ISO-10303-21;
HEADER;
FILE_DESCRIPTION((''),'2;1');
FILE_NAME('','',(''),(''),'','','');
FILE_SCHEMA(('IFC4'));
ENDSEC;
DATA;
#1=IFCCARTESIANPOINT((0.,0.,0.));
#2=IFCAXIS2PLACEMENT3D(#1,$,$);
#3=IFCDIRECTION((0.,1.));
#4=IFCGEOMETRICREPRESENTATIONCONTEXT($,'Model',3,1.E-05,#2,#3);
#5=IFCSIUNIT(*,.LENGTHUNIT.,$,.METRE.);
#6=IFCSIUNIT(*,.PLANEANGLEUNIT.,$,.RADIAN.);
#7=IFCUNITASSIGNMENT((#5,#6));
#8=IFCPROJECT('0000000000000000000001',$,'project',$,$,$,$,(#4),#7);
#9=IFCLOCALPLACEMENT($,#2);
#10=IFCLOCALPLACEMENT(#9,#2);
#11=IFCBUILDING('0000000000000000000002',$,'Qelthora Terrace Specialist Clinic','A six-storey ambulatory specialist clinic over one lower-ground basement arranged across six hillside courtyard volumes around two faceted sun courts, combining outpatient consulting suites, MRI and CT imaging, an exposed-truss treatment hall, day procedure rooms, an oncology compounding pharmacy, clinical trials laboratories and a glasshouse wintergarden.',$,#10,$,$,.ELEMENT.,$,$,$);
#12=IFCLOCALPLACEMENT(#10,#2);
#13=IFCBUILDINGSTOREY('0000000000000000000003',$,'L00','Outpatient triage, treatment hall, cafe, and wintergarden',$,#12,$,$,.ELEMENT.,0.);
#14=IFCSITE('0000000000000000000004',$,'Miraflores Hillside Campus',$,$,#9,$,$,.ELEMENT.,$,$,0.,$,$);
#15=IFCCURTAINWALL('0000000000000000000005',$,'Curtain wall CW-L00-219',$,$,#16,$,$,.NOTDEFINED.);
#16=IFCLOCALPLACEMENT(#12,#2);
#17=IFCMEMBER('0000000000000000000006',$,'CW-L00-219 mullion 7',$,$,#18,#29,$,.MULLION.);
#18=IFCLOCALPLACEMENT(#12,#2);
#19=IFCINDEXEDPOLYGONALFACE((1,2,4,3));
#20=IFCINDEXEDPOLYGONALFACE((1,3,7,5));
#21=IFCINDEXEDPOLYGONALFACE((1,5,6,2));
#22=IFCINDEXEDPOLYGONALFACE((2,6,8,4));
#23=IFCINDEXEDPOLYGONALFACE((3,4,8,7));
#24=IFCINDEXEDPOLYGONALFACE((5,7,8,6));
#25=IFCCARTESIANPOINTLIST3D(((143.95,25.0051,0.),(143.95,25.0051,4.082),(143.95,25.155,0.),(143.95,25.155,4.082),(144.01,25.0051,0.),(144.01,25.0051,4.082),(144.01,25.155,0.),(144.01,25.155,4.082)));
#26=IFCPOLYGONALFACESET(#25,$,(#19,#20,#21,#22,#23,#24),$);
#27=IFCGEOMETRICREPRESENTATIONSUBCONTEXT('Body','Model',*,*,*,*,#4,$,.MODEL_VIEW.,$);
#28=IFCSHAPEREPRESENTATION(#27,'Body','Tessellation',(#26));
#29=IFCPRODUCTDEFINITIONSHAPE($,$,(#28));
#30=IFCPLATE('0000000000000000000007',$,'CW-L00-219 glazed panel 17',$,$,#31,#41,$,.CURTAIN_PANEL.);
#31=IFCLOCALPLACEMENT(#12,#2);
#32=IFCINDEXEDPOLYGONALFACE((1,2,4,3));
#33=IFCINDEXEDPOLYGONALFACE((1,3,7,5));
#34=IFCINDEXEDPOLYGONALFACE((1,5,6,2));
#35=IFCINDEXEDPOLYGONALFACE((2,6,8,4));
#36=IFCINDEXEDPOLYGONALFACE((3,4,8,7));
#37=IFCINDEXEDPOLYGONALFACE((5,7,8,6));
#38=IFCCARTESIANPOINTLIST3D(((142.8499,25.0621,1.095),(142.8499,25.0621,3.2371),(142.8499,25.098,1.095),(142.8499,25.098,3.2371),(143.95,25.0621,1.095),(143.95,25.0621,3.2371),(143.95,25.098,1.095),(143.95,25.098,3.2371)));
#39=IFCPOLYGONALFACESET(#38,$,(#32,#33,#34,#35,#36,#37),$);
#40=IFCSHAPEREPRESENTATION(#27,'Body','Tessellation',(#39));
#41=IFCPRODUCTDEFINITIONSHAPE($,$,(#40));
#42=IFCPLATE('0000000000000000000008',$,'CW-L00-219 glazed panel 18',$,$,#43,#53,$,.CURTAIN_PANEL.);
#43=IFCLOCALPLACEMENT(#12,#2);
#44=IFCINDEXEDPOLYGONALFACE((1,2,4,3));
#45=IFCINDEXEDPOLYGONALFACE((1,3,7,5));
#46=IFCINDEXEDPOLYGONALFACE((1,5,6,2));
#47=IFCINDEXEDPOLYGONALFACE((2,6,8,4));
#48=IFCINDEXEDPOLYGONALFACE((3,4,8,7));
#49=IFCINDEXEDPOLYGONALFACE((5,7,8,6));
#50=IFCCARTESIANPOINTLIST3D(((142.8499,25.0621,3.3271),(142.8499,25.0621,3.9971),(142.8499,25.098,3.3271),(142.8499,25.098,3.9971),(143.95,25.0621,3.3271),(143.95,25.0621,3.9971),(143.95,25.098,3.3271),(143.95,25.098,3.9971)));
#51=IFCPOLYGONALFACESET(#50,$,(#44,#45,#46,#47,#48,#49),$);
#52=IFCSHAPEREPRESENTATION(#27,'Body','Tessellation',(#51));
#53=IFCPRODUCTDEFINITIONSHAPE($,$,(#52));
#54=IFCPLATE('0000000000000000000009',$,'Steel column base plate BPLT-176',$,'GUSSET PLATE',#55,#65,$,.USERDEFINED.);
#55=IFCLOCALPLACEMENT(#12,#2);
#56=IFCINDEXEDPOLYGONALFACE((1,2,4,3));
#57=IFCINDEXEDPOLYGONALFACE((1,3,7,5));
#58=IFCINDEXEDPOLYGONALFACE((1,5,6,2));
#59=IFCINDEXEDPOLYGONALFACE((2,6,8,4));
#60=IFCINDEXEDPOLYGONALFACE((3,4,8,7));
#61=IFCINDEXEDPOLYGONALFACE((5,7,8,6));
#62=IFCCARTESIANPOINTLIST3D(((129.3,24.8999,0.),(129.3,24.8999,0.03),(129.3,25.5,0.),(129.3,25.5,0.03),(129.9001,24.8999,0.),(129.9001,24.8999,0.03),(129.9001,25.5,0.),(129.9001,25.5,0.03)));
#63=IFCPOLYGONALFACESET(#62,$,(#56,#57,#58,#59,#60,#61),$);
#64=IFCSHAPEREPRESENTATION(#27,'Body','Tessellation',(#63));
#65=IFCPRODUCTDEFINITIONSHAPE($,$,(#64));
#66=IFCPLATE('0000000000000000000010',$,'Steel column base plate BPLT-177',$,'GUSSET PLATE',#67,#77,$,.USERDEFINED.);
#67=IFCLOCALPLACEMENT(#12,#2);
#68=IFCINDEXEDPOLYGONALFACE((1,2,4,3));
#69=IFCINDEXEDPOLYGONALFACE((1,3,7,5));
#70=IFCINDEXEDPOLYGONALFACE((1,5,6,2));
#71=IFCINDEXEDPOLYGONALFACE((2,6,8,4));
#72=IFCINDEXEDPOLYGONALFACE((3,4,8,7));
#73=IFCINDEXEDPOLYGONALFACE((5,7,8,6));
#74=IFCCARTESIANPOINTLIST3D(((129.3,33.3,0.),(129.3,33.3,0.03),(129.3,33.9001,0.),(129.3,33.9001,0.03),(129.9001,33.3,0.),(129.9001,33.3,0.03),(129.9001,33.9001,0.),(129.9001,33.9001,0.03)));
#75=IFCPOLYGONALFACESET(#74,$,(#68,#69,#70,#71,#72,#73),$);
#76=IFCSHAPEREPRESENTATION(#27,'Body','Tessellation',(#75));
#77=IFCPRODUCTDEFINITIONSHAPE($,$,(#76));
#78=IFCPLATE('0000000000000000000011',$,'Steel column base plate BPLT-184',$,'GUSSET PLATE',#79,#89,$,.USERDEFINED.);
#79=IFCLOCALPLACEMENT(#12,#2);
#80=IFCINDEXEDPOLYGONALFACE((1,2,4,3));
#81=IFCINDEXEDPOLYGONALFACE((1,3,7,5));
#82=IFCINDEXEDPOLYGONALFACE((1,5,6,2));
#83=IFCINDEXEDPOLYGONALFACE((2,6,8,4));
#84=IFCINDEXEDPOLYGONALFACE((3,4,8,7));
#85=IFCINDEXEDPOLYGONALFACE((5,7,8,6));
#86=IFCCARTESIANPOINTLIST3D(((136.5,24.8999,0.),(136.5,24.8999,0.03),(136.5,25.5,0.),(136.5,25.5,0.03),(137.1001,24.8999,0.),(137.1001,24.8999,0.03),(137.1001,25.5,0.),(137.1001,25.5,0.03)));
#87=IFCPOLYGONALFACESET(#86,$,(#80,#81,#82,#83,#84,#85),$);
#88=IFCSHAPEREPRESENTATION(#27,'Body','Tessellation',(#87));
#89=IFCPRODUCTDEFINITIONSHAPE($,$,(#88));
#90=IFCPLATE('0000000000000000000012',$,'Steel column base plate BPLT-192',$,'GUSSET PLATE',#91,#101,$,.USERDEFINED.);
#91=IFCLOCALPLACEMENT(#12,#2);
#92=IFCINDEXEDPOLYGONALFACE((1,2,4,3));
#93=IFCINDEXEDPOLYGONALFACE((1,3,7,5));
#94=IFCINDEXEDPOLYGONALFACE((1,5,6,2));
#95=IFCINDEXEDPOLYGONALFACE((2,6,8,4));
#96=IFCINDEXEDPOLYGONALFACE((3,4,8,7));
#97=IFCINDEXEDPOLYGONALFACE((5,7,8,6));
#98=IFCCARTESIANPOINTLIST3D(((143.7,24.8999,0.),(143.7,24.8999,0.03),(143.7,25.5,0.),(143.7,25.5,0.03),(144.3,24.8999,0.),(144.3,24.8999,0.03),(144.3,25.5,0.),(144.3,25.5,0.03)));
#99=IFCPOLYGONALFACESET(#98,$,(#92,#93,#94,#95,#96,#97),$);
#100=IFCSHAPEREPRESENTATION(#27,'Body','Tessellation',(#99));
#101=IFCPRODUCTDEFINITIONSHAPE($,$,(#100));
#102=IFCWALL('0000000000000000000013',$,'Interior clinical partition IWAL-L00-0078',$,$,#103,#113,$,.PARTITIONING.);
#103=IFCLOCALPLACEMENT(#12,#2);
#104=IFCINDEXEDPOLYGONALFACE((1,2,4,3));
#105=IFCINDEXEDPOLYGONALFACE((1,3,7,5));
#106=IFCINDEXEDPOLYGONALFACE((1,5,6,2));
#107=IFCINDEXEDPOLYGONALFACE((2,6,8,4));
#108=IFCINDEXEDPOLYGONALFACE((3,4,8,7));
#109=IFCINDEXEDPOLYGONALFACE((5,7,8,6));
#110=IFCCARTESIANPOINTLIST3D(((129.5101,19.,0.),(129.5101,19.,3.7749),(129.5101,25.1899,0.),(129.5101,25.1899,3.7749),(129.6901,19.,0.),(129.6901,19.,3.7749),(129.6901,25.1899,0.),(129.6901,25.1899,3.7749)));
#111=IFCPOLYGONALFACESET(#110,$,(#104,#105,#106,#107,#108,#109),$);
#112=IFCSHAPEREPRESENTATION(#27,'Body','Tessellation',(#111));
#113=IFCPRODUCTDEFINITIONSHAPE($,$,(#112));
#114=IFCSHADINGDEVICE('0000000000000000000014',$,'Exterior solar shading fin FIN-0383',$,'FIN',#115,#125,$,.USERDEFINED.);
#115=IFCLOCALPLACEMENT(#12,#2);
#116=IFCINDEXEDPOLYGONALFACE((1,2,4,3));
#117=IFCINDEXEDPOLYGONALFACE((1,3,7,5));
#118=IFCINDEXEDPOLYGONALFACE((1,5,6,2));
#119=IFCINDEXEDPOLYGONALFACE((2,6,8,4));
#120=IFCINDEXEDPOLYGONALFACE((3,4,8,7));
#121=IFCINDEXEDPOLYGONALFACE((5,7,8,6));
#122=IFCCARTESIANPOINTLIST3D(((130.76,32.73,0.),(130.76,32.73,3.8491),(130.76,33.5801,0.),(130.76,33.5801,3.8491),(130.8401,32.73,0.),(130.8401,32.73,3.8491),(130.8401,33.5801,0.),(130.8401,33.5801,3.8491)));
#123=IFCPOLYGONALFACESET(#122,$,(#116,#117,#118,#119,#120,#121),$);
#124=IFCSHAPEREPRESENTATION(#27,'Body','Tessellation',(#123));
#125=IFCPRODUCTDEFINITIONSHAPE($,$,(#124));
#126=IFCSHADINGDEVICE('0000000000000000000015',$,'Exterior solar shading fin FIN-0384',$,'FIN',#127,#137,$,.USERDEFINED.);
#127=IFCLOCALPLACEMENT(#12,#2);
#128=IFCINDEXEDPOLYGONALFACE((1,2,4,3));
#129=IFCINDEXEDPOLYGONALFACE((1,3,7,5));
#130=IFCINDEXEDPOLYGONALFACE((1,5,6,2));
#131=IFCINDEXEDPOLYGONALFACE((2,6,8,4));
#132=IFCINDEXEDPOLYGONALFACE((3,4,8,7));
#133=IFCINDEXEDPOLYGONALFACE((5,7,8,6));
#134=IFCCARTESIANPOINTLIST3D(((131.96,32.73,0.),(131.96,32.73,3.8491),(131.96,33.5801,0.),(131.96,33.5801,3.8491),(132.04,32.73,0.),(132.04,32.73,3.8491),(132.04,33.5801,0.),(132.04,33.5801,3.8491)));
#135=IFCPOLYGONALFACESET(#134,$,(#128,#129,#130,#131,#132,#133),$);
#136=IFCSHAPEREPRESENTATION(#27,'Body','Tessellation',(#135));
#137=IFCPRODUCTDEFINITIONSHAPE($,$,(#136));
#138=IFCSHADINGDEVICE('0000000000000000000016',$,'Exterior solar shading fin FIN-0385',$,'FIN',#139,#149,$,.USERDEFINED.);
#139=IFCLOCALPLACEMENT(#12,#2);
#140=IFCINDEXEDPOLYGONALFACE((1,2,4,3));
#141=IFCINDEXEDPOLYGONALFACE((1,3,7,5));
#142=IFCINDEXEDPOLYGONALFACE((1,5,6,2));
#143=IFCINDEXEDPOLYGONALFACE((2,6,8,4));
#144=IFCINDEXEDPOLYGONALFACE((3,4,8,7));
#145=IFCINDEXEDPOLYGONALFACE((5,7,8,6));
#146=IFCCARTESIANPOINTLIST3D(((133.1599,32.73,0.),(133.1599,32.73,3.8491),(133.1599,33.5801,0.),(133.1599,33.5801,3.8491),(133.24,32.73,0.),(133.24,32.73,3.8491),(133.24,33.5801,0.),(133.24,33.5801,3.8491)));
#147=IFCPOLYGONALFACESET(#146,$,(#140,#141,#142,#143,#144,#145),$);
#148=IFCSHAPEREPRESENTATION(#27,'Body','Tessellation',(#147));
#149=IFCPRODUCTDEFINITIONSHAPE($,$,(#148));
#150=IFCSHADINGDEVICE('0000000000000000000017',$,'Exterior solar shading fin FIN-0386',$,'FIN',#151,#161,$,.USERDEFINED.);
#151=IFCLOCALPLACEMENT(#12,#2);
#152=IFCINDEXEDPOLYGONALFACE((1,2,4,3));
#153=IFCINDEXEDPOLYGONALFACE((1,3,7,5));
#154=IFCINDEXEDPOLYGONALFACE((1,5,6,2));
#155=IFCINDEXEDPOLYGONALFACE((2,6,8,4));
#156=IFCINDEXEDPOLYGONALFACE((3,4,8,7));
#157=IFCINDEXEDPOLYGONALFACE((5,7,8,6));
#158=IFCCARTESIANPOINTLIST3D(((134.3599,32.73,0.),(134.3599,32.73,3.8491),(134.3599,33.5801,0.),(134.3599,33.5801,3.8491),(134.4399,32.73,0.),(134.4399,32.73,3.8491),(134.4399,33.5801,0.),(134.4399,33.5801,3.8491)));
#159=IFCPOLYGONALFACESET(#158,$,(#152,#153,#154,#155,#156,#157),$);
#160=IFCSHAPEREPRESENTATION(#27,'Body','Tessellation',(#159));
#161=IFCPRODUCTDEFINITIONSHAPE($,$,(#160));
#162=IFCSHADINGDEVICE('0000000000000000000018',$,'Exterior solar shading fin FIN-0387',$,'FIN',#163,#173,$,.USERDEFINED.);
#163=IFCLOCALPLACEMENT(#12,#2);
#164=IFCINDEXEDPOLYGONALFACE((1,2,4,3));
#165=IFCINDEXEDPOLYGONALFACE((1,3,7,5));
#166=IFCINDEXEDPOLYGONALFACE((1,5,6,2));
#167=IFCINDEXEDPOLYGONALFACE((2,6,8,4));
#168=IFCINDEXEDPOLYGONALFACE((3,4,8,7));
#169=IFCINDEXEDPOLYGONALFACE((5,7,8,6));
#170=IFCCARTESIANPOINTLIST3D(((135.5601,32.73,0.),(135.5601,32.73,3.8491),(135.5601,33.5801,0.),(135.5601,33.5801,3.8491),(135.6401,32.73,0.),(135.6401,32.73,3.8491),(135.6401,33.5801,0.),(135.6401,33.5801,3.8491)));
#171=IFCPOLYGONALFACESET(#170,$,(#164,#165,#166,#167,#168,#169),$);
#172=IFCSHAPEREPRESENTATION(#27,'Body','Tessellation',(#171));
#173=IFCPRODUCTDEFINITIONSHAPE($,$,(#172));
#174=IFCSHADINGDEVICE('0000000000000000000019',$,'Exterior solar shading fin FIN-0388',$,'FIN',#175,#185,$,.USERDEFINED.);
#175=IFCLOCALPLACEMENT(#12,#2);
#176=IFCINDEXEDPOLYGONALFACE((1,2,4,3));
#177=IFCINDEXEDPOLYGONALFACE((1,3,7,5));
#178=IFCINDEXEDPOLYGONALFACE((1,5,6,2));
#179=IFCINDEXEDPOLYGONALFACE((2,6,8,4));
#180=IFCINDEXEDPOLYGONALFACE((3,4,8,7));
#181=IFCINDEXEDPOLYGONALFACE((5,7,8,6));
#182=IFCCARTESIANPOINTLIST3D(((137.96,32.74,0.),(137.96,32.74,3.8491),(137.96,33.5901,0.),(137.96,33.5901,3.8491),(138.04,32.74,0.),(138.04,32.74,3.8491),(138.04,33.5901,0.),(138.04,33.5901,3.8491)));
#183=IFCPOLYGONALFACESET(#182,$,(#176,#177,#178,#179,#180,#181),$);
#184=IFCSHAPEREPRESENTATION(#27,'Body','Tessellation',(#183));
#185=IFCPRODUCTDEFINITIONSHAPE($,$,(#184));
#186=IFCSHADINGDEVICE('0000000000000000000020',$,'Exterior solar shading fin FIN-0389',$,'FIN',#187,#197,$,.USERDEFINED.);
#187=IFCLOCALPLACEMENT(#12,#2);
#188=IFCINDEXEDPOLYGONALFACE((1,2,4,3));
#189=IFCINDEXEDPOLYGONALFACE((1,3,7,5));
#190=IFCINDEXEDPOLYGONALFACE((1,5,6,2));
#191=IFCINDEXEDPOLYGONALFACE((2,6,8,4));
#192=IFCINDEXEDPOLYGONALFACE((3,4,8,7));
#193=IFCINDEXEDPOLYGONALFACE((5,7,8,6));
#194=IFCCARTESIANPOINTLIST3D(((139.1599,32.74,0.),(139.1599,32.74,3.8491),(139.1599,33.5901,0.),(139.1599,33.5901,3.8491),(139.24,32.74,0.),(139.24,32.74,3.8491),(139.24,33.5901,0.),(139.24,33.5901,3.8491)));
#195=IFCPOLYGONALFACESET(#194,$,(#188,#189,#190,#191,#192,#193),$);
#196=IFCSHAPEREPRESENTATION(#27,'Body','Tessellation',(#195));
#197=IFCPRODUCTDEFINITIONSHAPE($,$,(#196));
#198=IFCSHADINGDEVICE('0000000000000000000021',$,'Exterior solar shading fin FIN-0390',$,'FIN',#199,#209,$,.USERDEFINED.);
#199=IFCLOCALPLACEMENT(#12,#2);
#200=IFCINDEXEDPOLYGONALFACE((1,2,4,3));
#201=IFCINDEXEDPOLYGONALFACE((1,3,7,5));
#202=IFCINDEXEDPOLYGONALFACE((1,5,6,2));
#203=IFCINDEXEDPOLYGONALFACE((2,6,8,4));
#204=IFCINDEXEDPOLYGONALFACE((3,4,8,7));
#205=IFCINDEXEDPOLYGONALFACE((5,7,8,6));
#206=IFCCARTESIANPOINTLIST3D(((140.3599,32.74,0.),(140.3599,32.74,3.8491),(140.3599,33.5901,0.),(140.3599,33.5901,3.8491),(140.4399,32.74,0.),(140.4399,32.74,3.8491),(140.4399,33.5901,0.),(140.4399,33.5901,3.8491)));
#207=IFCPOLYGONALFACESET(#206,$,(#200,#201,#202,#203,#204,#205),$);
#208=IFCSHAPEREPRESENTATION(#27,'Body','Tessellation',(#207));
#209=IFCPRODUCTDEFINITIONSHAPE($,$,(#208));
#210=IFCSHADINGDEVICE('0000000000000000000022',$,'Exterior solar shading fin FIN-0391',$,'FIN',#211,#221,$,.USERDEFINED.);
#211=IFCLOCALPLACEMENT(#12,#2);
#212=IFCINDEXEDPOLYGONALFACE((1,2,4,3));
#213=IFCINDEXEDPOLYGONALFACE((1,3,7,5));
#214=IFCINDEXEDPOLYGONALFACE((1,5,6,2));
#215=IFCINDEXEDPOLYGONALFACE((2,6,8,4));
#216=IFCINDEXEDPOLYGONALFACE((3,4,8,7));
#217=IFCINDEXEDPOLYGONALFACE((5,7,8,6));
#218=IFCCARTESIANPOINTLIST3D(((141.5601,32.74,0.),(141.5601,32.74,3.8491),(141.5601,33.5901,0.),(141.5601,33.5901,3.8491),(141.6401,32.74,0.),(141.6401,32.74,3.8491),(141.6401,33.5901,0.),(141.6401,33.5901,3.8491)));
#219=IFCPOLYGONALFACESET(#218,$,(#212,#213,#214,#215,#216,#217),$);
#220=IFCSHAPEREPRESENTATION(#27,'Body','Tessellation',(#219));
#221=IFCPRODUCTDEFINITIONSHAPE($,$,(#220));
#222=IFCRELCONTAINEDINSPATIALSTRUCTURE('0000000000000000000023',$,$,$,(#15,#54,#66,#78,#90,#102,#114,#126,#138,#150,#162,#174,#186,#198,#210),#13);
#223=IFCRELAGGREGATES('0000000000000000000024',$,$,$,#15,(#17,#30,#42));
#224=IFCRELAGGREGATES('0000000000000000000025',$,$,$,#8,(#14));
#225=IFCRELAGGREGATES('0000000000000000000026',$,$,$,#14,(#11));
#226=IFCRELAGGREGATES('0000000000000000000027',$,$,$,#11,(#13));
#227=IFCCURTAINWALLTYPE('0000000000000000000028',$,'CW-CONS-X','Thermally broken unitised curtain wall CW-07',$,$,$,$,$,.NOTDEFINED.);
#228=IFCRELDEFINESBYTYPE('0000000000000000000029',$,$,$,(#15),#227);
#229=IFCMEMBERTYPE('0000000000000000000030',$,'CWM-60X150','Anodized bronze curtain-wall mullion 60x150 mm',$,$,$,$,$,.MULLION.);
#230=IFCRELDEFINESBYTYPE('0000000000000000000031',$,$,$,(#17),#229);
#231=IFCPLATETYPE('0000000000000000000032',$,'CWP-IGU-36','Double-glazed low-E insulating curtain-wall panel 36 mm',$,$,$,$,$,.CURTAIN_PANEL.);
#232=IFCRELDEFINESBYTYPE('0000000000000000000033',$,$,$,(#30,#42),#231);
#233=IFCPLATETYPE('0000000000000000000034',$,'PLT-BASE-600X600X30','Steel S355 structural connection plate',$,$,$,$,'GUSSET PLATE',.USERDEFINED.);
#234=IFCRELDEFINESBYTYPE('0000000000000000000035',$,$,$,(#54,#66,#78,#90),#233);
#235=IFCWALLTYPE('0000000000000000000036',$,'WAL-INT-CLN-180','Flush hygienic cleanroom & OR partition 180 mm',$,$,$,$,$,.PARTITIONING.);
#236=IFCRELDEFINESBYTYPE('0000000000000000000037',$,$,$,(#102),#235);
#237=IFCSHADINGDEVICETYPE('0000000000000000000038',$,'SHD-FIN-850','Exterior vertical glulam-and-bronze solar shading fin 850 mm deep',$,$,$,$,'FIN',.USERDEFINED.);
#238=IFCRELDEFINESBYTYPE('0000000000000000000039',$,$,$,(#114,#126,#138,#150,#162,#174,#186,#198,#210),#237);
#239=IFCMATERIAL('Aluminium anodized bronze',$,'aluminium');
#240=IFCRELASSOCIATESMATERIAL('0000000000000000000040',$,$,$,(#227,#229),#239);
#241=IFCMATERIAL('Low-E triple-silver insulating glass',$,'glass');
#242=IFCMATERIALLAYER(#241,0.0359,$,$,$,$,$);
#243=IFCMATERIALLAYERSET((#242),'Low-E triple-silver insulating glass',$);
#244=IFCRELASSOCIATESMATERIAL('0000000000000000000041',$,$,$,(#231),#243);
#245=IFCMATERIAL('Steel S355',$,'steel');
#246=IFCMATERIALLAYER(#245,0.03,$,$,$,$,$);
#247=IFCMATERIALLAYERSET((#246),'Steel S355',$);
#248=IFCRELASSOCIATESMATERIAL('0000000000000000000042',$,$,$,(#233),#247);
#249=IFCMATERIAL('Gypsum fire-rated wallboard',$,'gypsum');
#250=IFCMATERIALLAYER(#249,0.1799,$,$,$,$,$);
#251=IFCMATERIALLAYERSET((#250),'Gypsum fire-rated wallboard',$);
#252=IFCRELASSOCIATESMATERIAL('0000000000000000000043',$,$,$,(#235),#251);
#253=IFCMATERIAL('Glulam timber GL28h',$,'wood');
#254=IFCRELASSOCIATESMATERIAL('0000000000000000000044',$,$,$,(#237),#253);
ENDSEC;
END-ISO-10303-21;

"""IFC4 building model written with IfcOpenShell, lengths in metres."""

from ifc_helpers import new_model, si_unit, direction, frame, frame_2d, origin, origin_2d, place, context, subcontext, project, spatial, rectangle, extrude, material, layer, layer_set, material_profile, profile_set, type_object, element, aggregate, save


model = new_model("IFC4")

# Units and contexts
model_context = context("Model", 3, precision=1e-05, world=origin(), true_north=direction((0.0, 1.0)))
body_context = subcontext(model_context, "Body", "Model", "MODEL_VIEW")
ifc_project = project(units=[si_unit("LENGTHUNIT", "METRE"), si_unit("PLANEANGLEUNIT", "RADIAN")], contexts=[model_context])

# Site, building, storey
site_placement = place(None, origin())
site = spatial("IfcSite", under=ifc_project, at=site_placement, Name="Miraflores Hillside Campus", CompositionType="ELEMENT", RefElevation=0.0)
building_placement = place(site_placement, origin())
building = spatial("IfcBuilding", under=site, at=building_placement, Name="Qelthora Terrace Specialist Clinic", Description="A six-storey ambulatory specialist clinic over one lower-ground basement arranged across six hillside courtyard volumes around two faceted sun courts, combining outpatient consulting suites, MRI and CT imaging, an exposed-truss treatment hall, day procedure rooms, an oncology compounding pharmacy, clinical trials laboratories and a glasshouse wintergarden.", CompositionType="ELEMENT")
storey_placement = place(building_placement, origin())
storey = spatial("IfcBuildingStorey", under=building, at=storey_placement, Name="L00", Description="Outpatient triage, treatment hall, cafe, and wintergarden", CompositionType="ELEMENT", Elevation=0.0)

# Shared definitions
ifc_material_1 = material(Name="Steel S355", Category="steel")

# Curtain wall, member, plates
ifc_material_2 = material(Name="Aluminium anodized bronze", Category="aluminium")
curtain_wall_type = type_object("IfcCurtainWallType", Name="CW-CONS-X", Description="Thermally broken unitised curtain wall CW-07", PredefinedType="NOTDEFINED", material=ifc_material_2)
curtain_wall_placement = place(storey_placement, origin())
curtain_wall = element("IfcCurtainWall", 1, at=curtain_wall_placement, inside=storey, type_object=curtain_wall_type, Name="Curtain wall CW-L00-219", PredefinedType="NOTDEFINED")
ifc_material_profile_1 = material_profile(ifc_material_2, rectangle(XDim=0.0601, YDim=0.1499, at=origin_2d()), Name="CWM60X150")
ifc_profile_set_1 = profile_set([ifc_material_profile_1], Name="Aluminium anodized bronze")
member_type = type_object("IfcMemberType", Name="CWM-60X150", Description="Anodized bronze curtain-wall mullion 60x150 mm", PredefinedType="MULLION", material=ifc_profile_set_1)
member_placement = place(storey_placement, frame((143.98, 25.0801, 0.0), z_axis=(0.0, 0.0, 1.0), x_axis=(1.0, 0.0, 0.0)))
member = element("IfcMember", 2, at=member_placement, type_object=member_type, Name="CW-L00-219 mullion 7", PredefinedType="MULLION", context=body_context, shape_type="SweptSolid", body=[
    extrude(rectangle(XDim=0.0601, YDim=0.1499, at=origin_2d()), origin(), (0.0, 0.0, 1.0), 4.082),
])
ifc_material_3 = material(Name="Low-E triple-silver insulating glass", Category="glass")
ifc_layer_1 = layer(ifc_material_3, 0.0359)
ifc_layer_set_1 = layer_set([ifc_layer_1], Name="Low-E triple-silver insulating glass")
plate_type_1 = type_object("IfcPlateType", Name="CWP-IGU-36", Description="Double-glazed low-E insulating curtain-wall panel 36 mm", PredefinedType="CURTAIN_PANEL", material=ifc_layer_set_1)
plate_1_placement = place(storey_placement, frame((143.3999, 25.0801, 1.095), z_axis=(0.0, 0.0, 1.0), x_axis=(1.0, 0.0, 0.0)))
plate_1 = element("IfcPlate", 3, at=plate_1_placement, type_object=plate_type_1, Name="CW-L00-219 glazed panel 17", PredefinedType="CURTAIN_PANEL", context=body_context, shape_type="SweptSolid", body=[
    extrude(rectangle(XDim=1.1001, YDim=0.0359, at=origin_2d()), origin(), (0.0, 0.0, 1.0), 2.1421),
])
plate_2_placement = place(storey_placement, frame((143.3999, 25.0801, 3.3271), z_axis=(0.0, 0.0, 1.0), x_axis=(1.0, 0.0, 0.0)))
plate_2 = element("IfcPlate", 4, at=plate_2_placement, type_object=plate_type_1, Name="CW-L00-219 glazed panel 18", PredefinedType="CURTAIN_PANEL", context=body_context, shape_type="SweptSolid", body=[
    extrude(rectangle(XDim=1.1001, YDim=0.0359, at=origin_2d()), origin(), (0.0, 0.0, 1.0), 0.6699),
])
aggregate(curtain_wall, [member, plate_1, plate_2])

# Plates
ifc_layer_2 = layer(ifc_material_1, 0.03)
ifc_layer_set_2 = layer_set([ifc_layer_2], Name="Steel S355")
plate_type_2 = type_object("IfcPlateType", Name="PLT-BASE-600X600X30", Description="Steel S355 structural connection plate", ElementType="GUSSET PLATE", PredefinedType="USERDEFINED", material=ifc_layer_set_2)
for number, where, z_axis, x_axis, name in (
    (5, (129.6001, 25.2, 0.0), (0.0, 0.0, 1.0), (1.0, 0.0, 0.0), "Steel column base plate BPLT-176"),
    (6, (129.6001, 33.6001, 0.0), (0.0, 0.0, 1.0), (1.0, 0.0, 0.0), "Steel column base plate BPLT-177"),
    (7, (136.8, 25.2, 0.0), (0.0, 0.0, 1.0), (1.0, 0.0, 0.0), "Steel column base plate BPLT-184"),
    (8, (144.0, 25.2, 0.0), (0.0, 0.0, 1.0), (1.0, 0.0, 0.0), "Steel column base plate BPLT-192"),
):
    element("IfcPlate", number, at=place(storey_placement, frame(where, z_axis=z_axis, x_axis=x_axis)), inside=storey, type_object=plate_type_2, Name=name, ObjectType="GUSSET PLATE", PredefinedType="USERDEFINED", context=body_context, shape_type="SweptSolid", body=[
        extrude(rectangle(XDim=0.6001, YDim=0.6001, at=origin_2d()), origin(), (0.0, 0.0, 1.0), 0.03),
    ])

# Wall
ifc_material_4 = material(Name="Gypsum fire-rated wallboard", Category="gypsum")
ifc_layer_3 = layer(ifc_material_4, 0.1799)
ifc_layer_set_3 = layer_set([ifc_layer_3], Name="Gypsum fire-rated wallboard")
wall_type = type_object("IfcWallType", Name="WAL-INT-CLN-180", Description="Flush hygienic cleanroom & OR partition 180 mm", PredefinedType="PARTITIONING", material=ifc_layer_set_3)
wall_placement = place(storey_placement, frame((129.6001, 25.1899, 0.0), z_axis=(0.0, 0.0, 1.0), x_axis=(0.0, -1.0, 0.0)))
element("IfcWall", 9, at=wall_placement, inside=storey, type_object=wall_type, Name="Interior clinical partition IWAL-L00-0078", PredefinedType="PARTITIONING", context=body_context, shape_type="SweptSolid", body=[
    extrude(rectangle(XDim=6.1899, YDim=0.1799, at=frame_2d((3.095, 0.0))), origin(), (0.0, 0.0, 1.0), 3.7749),
])

# Shading devices
ifc_material_5 = material(Name="Glulam timber GL28h", Category="wood")
shading_device_type = type_object("IfcShadingDeviceType", Name="SHD-FIN-850", Description="Exterior vertical glulam-and-bronze solar shading fin 850 mm deep", ElementType="FIN", PredefinedType="USERDEFINED", material=ifc_material_5)
for number, where, z_axis, x_axis, name in (
    (10, (130.8, 33.155, 0.0), (0.0, 0.0, 1.0), (0.0, -1.0, 0.0), "Exterior solar shading fin FIN-0383"),
    (11, (132.0, 33.155, 0.0), (0.0, 0.0, 1.0), (0.0, -1.0, 0.0), "Exterior solar shading fin FIN-0384"),
    (12, (133.2, 33.155, 0.0), (0.0, 0.0, 1.0), (0.0, -1.0, 0.0), "Exterior solar shading fin FIN-0385"),
    (13, (134.3999, 33.155, 0.0), (0.0, 0.0, 1.0), (0.0, -1.0, 0.0), "Exterior solar shading fin FIN-0386"),
    (14, (135.6001, 33.155, 0.0), (0.0, 0.0, 1.0), (0.0, -1.0, 0.0), "Exterior solar shading fin FIN-0387"),
    (15, (138.0, 33.165, 0.0), (0.0, 0.0, 1.0), (0.0, -1.0, 0.0), "Exterior solar shading fin FIN-0388"),
    (16, (139.2, 33.165, 0.0), (0.0, 0.0, 1.0), (0.0, -1.0, 0.0), "Exterior solar shading fin FIN-0389"),
    (17, (140.3999, 33.165, 0.0), (0.0, 0.0, 1.0), (0.0, -1.0, 0.0), "Exterior solar shading fin FIN-0390"),
    (18, (141.6001, 33.165, 0.0), (0.0, 0.0, 1.0), (0.0, -1.0, 0.0), "Exterior solar shading fin FIN-0391"),
):
    element("IfcShadingDevice", number, at=place(storey_placement, frame(where, z_axis=z_axis, x_axis=x_axis)), inside=storey, type_object=shading_device_type, Name=name, ObjectType="FIN", PredefinedType="USERDEFINED", context=body_context, shape_type="SweptSolid", body=[
        extrude(rectangle(XDim=0.8501, YDim=0.0801, at=origin_2d()), origin(), (0.0, 0.0, 1.0), 3.8491),
    ])

save(model, "model.ifc")
